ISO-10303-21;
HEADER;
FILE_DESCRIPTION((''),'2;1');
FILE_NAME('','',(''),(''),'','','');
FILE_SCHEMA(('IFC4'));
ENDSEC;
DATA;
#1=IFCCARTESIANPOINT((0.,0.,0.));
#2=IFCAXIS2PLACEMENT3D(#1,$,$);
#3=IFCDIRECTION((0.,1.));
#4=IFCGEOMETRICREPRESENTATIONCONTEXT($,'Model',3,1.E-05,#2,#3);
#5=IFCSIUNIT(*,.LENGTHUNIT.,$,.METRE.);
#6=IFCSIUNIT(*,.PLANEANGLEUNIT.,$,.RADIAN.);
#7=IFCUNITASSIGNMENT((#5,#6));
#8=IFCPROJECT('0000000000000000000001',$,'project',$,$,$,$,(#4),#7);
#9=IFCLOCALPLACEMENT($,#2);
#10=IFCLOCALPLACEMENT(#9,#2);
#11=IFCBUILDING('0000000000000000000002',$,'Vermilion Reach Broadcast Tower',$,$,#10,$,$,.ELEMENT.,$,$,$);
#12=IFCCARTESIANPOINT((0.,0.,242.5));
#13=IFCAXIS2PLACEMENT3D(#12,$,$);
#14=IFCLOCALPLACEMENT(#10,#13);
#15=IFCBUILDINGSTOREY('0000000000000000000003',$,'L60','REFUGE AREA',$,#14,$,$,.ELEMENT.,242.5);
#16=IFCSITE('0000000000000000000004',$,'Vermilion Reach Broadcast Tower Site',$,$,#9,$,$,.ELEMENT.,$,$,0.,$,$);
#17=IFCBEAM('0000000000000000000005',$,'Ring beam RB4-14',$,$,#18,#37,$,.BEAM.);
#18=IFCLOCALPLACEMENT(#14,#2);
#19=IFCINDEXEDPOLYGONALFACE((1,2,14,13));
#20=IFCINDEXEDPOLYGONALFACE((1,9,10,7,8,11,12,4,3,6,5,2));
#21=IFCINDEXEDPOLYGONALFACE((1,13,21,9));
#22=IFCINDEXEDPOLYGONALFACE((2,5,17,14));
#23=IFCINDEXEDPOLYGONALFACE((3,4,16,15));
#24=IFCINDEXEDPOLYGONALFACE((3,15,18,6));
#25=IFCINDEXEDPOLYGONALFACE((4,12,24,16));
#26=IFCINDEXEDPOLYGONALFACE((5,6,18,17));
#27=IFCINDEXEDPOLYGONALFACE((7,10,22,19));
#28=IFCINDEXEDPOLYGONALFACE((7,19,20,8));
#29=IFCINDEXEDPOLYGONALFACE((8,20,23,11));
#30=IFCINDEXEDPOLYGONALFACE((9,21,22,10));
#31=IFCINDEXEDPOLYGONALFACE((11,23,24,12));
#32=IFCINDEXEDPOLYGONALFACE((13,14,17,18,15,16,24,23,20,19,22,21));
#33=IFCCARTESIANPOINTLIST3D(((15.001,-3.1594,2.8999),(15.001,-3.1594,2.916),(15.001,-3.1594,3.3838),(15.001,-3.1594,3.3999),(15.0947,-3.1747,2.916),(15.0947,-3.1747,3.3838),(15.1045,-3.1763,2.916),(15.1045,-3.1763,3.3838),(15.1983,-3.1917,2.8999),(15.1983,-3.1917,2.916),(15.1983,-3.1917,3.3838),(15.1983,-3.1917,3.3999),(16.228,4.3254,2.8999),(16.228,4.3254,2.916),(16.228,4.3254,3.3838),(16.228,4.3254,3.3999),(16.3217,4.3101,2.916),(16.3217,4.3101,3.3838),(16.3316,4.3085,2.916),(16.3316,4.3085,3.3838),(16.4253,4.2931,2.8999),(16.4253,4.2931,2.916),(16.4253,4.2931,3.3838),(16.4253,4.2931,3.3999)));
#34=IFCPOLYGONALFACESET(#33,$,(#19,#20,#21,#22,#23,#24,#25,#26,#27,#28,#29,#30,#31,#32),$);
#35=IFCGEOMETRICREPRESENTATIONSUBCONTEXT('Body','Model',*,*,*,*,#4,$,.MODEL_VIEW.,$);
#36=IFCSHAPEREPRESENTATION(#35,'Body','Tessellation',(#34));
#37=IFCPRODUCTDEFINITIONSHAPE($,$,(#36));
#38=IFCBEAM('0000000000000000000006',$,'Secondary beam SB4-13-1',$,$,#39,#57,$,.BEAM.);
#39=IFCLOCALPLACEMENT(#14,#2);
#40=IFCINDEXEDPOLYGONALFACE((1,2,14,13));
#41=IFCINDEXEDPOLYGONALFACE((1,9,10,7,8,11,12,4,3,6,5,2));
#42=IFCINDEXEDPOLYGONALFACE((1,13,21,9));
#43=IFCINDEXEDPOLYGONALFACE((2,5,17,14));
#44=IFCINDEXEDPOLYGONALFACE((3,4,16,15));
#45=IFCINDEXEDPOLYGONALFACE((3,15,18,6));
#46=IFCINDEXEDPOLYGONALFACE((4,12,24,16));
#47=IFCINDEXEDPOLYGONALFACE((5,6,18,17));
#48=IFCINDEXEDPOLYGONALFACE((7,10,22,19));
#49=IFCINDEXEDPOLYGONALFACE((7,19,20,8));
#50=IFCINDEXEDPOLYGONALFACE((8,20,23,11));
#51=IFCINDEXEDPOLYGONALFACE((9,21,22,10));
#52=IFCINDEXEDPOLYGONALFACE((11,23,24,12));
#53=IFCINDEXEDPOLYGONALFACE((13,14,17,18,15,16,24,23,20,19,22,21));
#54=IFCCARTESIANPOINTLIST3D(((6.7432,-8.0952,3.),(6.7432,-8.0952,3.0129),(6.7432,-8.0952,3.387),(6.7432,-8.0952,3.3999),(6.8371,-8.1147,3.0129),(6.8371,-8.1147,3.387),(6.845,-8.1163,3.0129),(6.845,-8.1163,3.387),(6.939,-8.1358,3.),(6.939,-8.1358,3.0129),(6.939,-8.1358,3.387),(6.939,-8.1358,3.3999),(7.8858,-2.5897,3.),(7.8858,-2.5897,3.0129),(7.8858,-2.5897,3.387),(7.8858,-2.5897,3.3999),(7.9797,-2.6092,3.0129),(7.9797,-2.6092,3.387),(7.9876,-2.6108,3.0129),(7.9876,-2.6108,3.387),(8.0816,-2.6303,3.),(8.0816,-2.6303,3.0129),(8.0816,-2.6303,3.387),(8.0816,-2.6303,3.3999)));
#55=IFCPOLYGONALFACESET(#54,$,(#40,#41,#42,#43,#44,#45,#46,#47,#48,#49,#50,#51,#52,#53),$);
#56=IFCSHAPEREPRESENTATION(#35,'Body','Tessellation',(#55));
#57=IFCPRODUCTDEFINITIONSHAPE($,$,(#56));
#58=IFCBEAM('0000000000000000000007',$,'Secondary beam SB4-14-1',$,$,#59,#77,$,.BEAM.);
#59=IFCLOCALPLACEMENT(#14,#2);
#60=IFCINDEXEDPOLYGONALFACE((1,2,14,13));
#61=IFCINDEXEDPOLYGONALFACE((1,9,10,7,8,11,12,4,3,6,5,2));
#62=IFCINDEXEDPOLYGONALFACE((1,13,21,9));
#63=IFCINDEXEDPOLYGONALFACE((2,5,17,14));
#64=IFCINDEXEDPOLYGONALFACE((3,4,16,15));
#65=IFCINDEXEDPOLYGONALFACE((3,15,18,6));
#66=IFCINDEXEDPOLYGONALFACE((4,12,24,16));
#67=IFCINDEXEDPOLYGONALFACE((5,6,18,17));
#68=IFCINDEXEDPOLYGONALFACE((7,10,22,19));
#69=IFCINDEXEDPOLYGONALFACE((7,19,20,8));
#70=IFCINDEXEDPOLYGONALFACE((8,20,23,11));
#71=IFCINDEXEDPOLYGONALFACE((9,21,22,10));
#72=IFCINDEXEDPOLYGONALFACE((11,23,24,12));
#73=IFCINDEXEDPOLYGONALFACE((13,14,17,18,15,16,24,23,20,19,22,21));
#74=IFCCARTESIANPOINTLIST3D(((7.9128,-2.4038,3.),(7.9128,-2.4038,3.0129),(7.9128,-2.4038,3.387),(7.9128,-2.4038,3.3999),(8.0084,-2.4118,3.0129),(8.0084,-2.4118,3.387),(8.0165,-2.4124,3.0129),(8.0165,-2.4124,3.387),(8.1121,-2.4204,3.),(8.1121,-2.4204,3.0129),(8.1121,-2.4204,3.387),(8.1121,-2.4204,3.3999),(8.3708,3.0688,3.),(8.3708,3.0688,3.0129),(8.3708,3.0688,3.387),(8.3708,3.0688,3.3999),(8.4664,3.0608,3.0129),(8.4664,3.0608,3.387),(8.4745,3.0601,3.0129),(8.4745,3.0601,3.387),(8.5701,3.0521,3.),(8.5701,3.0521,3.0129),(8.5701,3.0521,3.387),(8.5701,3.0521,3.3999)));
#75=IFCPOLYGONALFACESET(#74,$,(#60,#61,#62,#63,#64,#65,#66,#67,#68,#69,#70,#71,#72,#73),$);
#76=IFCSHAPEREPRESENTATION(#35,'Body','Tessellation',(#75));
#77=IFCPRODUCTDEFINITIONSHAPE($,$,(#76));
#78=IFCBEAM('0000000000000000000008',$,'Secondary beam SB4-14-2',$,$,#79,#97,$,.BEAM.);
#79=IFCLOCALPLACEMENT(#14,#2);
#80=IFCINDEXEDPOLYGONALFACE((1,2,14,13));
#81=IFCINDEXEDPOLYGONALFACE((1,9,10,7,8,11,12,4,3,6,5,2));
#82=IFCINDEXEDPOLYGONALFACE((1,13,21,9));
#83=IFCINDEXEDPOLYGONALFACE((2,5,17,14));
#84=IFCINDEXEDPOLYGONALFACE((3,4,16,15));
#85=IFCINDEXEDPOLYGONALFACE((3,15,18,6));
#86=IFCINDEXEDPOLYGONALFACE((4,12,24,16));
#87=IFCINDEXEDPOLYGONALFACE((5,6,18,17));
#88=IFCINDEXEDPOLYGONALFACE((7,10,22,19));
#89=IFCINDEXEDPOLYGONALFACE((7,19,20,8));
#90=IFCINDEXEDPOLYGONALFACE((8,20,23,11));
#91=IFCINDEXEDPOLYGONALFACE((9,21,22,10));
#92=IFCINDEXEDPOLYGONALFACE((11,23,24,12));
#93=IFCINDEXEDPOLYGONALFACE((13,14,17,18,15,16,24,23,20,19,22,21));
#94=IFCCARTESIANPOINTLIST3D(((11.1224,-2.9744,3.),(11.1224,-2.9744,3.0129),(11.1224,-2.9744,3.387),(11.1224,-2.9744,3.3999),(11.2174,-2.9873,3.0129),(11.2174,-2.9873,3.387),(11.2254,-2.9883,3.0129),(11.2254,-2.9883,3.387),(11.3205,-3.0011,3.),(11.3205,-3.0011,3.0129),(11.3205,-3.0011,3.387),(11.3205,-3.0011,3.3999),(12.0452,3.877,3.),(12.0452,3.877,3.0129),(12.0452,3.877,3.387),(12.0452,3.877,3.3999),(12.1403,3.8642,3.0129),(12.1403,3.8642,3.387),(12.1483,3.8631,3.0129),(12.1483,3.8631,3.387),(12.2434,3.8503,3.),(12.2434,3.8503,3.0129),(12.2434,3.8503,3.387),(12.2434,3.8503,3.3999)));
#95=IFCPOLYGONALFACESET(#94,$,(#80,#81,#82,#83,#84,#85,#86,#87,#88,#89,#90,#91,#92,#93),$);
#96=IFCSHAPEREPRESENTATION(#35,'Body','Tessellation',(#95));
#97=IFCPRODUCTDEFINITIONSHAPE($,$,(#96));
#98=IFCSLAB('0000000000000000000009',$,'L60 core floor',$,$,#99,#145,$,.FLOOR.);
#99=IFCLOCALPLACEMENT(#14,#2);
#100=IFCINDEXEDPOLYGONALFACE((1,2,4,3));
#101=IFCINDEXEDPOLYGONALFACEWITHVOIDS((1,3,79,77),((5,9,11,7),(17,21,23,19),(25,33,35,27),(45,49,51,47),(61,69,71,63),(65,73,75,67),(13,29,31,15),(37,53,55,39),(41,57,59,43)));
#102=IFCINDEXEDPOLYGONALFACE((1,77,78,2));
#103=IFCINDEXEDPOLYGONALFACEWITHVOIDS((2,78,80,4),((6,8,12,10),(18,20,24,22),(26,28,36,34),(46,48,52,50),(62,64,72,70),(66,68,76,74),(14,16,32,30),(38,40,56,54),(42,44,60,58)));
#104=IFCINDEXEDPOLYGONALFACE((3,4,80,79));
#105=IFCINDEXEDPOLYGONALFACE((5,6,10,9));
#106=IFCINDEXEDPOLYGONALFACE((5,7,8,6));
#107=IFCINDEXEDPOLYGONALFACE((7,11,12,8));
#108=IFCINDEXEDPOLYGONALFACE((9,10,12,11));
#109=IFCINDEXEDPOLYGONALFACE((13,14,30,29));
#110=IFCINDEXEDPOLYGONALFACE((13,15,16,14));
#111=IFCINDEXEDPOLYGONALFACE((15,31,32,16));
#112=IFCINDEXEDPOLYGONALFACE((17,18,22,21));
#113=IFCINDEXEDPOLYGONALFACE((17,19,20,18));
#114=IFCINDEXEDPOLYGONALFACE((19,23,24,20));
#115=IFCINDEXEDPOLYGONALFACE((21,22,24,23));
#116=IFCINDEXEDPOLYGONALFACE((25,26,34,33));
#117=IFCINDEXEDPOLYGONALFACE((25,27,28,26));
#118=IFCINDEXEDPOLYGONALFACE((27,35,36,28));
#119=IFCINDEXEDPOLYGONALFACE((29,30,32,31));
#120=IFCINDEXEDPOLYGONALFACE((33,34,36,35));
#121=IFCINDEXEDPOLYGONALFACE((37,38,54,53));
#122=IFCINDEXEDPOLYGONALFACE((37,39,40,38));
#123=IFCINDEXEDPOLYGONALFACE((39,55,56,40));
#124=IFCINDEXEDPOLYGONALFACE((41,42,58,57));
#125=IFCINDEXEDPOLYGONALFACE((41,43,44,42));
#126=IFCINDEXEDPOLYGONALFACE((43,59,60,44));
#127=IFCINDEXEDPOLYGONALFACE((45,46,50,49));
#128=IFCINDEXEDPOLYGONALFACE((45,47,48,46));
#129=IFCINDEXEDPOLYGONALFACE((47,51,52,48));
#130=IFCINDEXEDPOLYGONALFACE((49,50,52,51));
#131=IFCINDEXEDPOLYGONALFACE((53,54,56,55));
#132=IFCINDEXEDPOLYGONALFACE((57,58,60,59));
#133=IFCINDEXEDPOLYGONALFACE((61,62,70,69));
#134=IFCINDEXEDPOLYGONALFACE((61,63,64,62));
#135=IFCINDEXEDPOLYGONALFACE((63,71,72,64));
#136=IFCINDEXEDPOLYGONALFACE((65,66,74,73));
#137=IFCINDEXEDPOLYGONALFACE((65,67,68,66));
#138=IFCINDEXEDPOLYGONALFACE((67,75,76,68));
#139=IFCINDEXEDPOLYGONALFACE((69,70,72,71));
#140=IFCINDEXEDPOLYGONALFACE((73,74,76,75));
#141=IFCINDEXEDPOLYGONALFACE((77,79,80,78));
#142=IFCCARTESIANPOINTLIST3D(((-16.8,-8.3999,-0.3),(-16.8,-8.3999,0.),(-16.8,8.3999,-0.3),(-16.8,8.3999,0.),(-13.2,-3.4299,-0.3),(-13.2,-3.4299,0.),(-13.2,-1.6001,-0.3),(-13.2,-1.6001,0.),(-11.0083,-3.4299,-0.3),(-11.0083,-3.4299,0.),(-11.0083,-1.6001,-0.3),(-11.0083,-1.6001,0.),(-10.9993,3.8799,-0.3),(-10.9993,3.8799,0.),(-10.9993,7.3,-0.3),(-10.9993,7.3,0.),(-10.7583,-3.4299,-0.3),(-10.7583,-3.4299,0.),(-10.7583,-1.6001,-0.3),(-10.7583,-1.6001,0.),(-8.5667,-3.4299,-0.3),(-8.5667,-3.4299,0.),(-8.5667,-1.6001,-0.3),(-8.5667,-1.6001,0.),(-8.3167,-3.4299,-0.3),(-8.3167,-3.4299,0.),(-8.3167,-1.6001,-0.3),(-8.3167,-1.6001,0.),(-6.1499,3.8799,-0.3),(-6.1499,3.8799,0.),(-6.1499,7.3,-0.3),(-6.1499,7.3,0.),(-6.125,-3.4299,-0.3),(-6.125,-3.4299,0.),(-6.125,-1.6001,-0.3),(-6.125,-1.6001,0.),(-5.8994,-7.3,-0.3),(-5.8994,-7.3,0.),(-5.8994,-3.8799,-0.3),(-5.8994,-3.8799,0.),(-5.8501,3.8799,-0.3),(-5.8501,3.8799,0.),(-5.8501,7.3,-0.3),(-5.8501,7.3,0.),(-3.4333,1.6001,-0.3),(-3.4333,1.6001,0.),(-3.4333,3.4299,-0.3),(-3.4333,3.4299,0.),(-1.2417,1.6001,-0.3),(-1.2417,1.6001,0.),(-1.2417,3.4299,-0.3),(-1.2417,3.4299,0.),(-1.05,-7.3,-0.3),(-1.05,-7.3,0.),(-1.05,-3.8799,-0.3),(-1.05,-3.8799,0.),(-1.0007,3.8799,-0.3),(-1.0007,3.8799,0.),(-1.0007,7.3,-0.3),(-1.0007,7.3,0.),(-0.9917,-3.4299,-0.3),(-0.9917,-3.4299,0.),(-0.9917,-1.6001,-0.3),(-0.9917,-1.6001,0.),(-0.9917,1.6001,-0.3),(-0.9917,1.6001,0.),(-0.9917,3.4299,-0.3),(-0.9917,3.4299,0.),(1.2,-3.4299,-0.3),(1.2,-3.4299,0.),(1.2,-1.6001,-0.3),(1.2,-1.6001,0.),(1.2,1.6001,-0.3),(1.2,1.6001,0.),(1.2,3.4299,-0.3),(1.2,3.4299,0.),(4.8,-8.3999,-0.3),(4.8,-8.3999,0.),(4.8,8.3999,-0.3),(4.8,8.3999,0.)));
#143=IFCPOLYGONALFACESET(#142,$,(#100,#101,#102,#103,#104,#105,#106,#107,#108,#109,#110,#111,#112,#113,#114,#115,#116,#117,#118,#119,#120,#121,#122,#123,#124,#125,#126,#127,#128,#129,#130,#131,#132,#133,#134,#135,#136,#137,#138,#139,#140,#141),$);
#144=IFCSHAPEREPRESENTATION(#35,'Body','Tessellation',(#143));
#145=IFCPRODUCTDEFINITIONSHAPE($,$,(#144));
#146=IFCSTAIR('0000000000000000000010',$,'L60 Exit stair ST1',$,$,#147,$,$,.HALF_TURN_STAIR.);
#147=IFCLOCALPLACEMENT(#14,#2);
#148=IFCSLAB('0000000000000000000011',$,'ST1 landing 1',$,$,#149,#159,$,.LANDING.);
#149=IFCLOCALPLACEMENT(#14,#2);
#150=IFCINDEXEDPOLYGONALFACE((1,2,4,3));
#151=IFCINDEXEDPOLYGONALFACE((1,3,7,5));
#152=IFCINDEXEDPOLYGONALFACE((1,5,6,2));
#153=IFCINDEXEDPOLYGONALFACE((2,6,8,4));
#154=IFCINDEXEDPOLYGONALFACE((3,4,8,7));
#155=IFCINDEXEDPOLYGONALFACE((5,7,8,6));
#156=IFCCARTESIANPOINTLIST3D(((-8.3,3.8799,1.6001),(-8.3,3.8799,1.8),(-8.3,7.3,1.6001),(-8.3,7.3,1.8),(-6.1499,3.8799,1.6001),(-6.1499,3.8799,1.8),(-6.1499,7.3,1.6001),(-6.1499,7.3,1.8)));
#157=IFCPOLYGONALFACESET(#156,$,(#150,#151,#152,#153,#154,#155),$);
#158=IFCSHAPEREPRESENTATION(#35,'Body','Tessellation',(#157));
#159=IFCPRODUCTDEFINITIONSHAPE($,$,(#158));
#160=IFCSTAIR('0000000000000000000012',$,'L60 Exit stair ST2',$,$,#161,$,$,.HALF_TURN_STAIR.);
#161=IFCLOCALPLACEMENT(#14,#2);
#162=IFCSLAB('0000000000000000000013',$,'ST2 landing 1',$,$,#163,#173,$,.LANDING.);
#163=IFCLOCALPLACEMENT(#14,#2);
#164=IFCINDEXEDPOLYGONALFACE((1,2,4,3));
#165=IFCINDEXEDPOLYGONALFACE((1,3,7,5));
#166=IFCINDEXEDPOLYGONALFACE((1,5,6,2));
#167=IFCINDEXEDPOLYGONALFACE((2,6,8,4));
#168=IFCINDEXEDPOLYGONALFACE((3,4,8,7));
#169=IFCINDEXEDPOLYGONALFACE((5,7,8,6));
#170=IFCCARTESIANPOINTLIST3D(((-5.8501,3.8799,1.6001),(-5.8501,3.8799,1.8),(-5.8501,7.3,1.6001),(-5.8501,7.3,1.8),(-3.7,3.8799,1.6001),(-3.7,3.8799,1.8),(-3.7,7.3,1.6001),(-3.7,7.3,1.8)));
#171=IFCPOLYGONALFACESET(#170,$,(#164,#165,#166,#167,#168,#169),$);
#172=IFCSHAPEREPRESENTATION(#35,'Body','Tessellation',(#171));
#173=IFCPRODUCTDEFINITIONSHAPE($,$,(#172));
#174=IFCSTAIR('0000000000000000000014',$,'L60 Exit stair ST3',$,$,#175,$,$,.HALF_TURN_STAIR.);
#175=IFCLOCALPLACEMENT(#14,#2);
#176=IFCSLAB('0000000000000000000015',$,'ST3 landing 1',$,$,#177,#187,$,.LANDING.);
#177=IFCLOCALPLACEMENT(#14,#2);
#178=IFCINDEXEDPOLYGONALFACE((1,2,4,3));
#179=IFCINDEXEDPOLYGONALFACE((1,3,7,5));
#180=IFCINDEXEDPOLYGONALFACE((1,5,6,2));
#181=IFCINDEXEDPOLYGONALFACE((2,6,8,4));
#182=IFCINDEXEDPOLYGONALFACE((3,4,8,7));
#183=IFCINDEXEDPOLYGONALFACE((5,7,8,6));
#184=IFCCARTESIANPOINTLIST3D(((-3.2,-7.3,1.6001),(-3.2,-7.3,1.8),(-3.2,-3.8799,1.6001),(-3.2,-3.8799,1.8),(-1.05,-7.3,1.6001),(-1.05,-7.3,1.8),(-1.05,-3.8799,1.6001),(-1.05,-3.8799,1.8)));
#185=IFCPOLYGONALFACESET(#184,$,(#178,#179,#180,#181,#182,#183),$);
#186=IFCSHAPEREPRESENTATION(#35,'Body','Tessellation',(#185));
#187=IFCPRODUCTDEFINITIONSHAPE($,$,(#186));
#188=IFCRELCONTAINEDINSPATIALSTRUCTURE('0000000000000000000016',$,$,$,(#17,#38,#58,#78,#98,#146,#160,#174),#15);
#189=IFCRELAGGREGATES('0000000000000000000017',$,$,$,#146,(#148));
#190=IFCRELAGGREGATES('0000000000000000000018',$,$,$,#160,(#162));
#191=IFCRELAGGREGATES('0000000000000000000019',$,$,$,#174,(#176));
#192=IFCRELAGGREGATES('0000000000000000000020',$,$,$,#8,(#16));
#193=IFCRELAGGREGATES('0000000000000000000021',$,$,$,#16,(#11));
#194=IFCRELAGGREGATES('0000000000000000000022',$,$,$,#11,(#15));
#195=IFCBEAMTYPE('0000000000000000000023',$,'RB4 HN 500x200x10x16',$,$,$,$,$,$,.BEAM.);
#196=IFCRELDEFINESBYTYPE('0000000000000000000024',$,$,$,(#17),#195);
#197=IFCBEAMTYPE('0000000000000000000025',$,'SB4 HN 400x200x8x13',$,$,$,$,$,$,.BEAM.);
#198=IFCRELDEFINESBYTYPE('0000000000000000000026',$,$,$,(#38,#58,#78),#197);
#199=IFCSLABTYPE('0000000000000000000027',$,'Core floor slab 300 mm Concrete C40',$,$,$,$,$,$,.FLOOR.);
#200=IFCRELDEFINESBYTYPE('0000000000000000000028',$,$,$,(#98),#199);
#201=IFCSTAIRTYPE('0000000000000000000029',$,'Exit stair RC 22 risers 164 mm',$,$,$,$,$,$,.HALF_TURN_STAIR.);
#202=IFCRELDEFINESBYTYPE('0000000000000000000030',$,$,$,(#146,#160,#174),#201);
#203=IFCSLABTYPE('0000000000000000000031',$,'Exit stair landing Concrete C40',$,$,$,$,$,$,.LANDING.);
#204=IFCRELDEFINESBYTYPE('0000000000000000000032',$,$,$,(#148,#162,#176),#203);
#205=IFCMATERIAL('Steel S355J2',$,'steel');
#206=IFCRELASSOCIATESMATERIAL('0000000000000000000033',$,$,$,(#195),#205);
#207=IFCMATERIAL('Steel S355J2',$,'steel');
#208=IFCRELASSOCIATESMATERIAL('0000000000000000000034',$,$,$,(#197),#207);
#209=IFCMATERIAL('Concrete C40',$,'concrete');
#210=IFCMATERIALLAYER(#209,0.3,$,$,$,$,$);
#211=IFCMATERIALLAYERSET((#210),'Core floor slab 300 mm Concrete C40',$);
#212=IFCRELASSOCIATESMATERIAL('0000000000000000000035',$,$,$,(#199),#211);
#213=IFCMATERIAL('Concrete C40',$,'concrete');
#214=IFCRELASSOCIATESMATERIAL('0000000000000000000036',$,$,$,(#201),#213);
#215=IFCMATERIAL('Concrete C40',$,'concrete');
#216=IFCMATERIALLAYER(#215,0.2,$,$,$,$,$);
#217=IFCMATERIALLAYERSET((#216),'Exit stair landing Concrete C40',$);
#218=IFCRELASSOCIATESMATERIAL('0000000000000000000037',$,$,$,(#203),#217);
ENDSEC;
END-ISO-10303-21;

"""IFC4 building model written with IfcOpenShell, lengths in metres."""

from ifc_helpers import new_model, si_unit, direction, frame, origin, origin_2d, place, context, subcontext, project, spatial, polyline, i_section, outline, extrude, material, layer, layer_set, material_profile, profile_set, type_object, element, aggregate, save


model = new_model("IFC4")

# Units and contexts
model_context = context("Model", 3, precision=1e-05, world=origin(), true_north=direction((0.0, 1.0)))
body_context = subcontext(model_context, "Body", "Model", "MODEL_VIEW")
ifc_project = project(units=[si_unit("LENGTHUNIT", "METRE"), si_unit("PLANEANGLEUNIT", "RADIAN")], contexts=[model_context])

# Site, building, storey
site_placement = place(None, origin())
site = spatial("IfcSite", under=ifc_project, at=site_placement, Name="Vermilion Reach Broadcast Tower Site", CompositionType="ELEMENT", RefElevation=0.0)
building_placement = place(site_placement, origin())
building = spatial("IfcBuilding", under=site, at=building_placement, Name="Vermilion Reach Broadcast Tower", CompositionType="ELEMENT")
storey_placement = place(building_placement, frame((0.0, 0.0, 242.5)))
storey = spatial("IfcBuildingStorey", under=building, at=storey_placement, Name="L60", Description="REFUGE AREA", CompositionType="ELEMENT", Elevation=242.5)

# Beams
ifc_material_1 = material(Name="Steel S355J2", Category="steel")
ifc_material_profile_1 = material_profile(ifc_material_1, i_section(OverallWidth=0.2, OverallDepth=0.5, WebThickness=0.01, FlangeThickness=0.0161, at=origin_2d()), Name="S355J2 HN 500x200x10x16")
ifc_profile_set_1 = profile_set([ifc_material_profile_1], Name="Steel S355J2")
beam_type_1 = type_object("IfcBeamType", Name="RB4 HN 500x200x10x16", PredefinedType="BEAM", material=ifc_profile_set_1)
beam_1_placement = place(storey_placement, frame((15.0996, -3.1755, 3.1499), z_axis=(0.161778, 0.986827, 0.0), x_axis=(-0.986827, 0.161778, 0.0)))
element("IfcBeam", 1, at=beam_1_placement, inside=storey, type_object=beam_type_1, Name="Ring beam RB4-14", PredefinedType="BEAM", context=body_context, shape_type="SweptSolid", body=[
    extrude(i_section(OverallWidth=0.2, OverallDepth=0.5, WebThickness=0.01, FlangeThickness=0.0161, at=origin_2d()), origin(), (0.0, 0.0, 1.0), 7.5847),
])
ifc_material_2 = material(Name="Steel S355J2", Category="steel")
ifc_material_profile_2 = material_profile(ifc_material_2, i_section(OverallWidth=0.2, OverallDepth=0.3999, WebThickness=0.0081, FlangeThickness=0.0129, at=origin_2d()), Name="S355J2 HN 400x200x8x13")
ifc_profile_set_2 = profile_set([ifc_material_profile_2], Name="Steel S355J2")
beam_type_2 = type_object("IfcBeamType", Name="SB4 HN 400x200x8x13", PredefinedType="BEAM", material=ifc_profile_set_2)
beam_2_placement = place(storey_placement, frame((6.8411, -8.1155, 3.2), z_axis=(0.203209, 0.979135, 0.0), x_axis=(-0.979135, 0.203209, 0.0)))
element("IfcBeam", 2, at=beam_2_placement, inside=storey, type_object=beam_type_2, Name="Secondary beam SB4-13-1", PredefinedType="BEAM", context=body_context, shape_type="SweptSolid", body=[
    extrude(i_section(OverallWidth=0.2, OverallDepth=0.3999, WebThickness=0.0081, FlangeThickness=0.0129, at=origin_2d()), origin(), (0.0, 0.0, 1.0), 5.6228),
])
beam_3_placement = place(storey_placement, frame((8.0125, -2.4121, 3.2), z_axis=(0.083399, 0.996516, 0.0), x_axis=(-0.996516, 0.083399, 0.0)))
element("IfcBeam", 3, at=beam_3_placement, inside=storey, type_object=beam_type_2, Name="Secondary beam SB4-14-1", PredefinedType="BEAM", context=body_context, shape_type="SweptSolid", body=[
    extrude(i_section(OverallWidth=0.2, OverallDepth=0.3999, WebThickness=0.0081, FlangeThickness=0.0129, at=origin_2d()), origin(), (0.0, 0.0, 1.0), 5.4917),
])
beam_4_placement = place(storey_placement, frame((11.2214, -2.9878, 3.2), z_axis=(0.133487, 0.991051, 0.0), x_axis=(-0.991051, 0.133487, 0.0)))
element("IfcBeam", 4, at=beam_4_placement, inside=storey, type_object=beam_type_2, Name="Secondary beam SB4-14-2", PredefinedType="BEAM", context=body_context, shape_type="SweptSolid", body=[
    extrude(i_section(OverallWidth=0.2, OverallDepth=0.3999, WebThickness=0.0081, FlangeThickness=0.0129, at=origin_2d()), origin(), (0.0, 0.0, 1.0), 6.9133),
])

# Slab
ifc_material_3 = material(Name="Concrete C40", Category="concrete")
ifc_layer_1 = layer(ifc_material_3, 0.3)
ifc_layer_set_1 = layer_set([ifc_layer_1], Name="Core floor slab 300 mm Concrete C40")
slab_type_1 = type_object("IfcSlabType", Name="Core floor slab 300 mm Concrete C40", PredefinedType="FLOOR", material=ifc_layer_set_1)
slab_1_placement = place(storey_placement, frame((0.0, 0.0, -0.3)))
element("IfcSlab", 5, at=slab_1_placement, inside=storey, type_object=slab_type_1, Name="L60 core floor", PredefinedType="FLOOR", context=body_context, shape_type="SweptSolid", body=[
    extrude(outline(polyline([(-16.8, -8.3999), (4.8, -8.3999), (4.8, 8.3999), (-16.8, 8.3999), (-16.8, -8.3999)]), holes=[polyline([(-3.4333, 1.6001), (-1.2417, 1.6001), (-1.2417, 3.4299), (-3.4333, 3.4299), (-3.4333, 1.6001)]), polyline([(-0.9917, 1.6001), (1.2, 1.6001), (1.2, 3.4299), (-0.9917, 3.4299), (-0.9917, 1.6001)]), polyline([(-13.2, -3.4299), (-11.0083, -3.4299), (-11.0083, -1.6001), (-13.2, -1.6001), (-13.2, -3.4299)]), polyline([(-10.7583, -3.4299), (-8.5667, -3.4299), (-8.5667, -1.6001), (-10.7583, -1.6001), (-10.7583, -3.4299)]), polyline([(-8.3167, -3.4299), (-6.125, -3.4299), (-6.125, -1.6001), (-8.3167, -1.6001), (-8.3167, -3.4299)]), polyline([(-0.9917, -3.4299), (1.2, -3.4299), (1.2, -1.6001), (-0.9917, -1.6001), (-0.9917, -3.4299)]), polyline([(-10.9993, 3.8799), (-6.1499, 3.8799), (-6.1499, 7.3), (-10.9993, 7.3), (-10.9993, 3.8799)]), polyline([(-1.0007, 7.3), (-5.8501, 7.3), (-5.8501, 3.8799), (-1.0007, 3.8799), (-1.0007, 7.3)]), polyline([(-5.8994, -7.3), (-1.05, -7.3), (-1.05, -3.8799), (-5.8994, -3.8799), (-5.8994, -7.3)])]), origin(), (0.0, 0.0, 1.0), 0.3),
])

# Stairs, slabs
ifc_material_4 = material(Name="Concrete C40", Category="concrete")
stair_type = type_object("IfcStairType", Name="Exit stair RC 22 risers 164 mm", PredefinedType="HALF_TURN_STAIR", material=ifc_material_4)
placement_1 = place(storey_placement, origin())
stair_1 = element("IfcStair", 6, at=placement_1, inside=storey, type_object=stair_type, Name="L60 Exit stair ST1", PredefinedType="HALF_TURN_STAIR")
ifc_material_5 = material(Name="Concrete C40", Category="concrete")
ifc_layer_2 = layer(ifc_material_5, 0.2)
ifc_layer_set_2 = layer_set([ifc_layer_2], Name="Exit stair landing Concrete C40")
slab_type_2 = type_object("IfcSlabType", Name="Exit stair landing Concrete C40", PredefinedType="LANDING", material=ifc_layer_set_2)
placement_2 = place(storey_placement, frame((0.0, 0.0, 1.6001)))
slab_2 = element("IfcSlab", 7, at=placement_2, type_object=slab_type_2, Name="ST1 landing 1", PredefinedType="LANDING", context=body_context, shape_type="SweptSolid", body=[
    extrude(outline(polyline([(-8.3, 3.8799), (-6.1499, 3.8799), (-6.1499, 7.3), (-8.3, 7.3), (-8.3, 3.8799)])), origin(), (0.0, 0.0, 1.0), 0.2),
])
aggregate(stair_1, [slab_2])
stair_2 = element("IfcStair", 8, at=placement_1, inside=storey, type_object=stair_type, Name="L60 Exit stair ST2", PredefinedType="HALF_TURN_STAIR")
slab_3 = element("IfcSlab", 9, at=placement_2, type_object=slab_type_2, Name="ST2 landing 1", PredefinedType="LANDING", context=body_context, shape_type="SweptSolid", body=[
    extrude(outline(polyline([(-3.7, 7.3), (-5.8501, 7.3), (-5.8501, 3.8799), (-3.7, 3.8799), (-3.7, 7.3)])), origin(), (0.0, 0.0, 1.0), 0.2),
])
aggregate(stair_2, [slab_3])
stair_3 = element("IfcStair", 10, at=placement_1, inside=storey, type_object=stair_type, Name="L60 Exit stair ST3", PredefinedType="HALF_TURN_STAIR")
slab_4 = element("IfcSlab", 11, at=placement_2, type_object=slab_type_2, Name="ST3 landing 1", PredefinedType="LANDING", context=body_context, shape_type="SweptSolid", body=[
    extrude(outline(polyline([(-3.2, -7.3), (-1.05, -7.3), (-1.05, -3.8799), (-3.2, -3.8799), (-3.2, -7.3)])), origin(), (0.0, 0.0, 1.0), 0.2),
])

aggregate(stair_3, [slab_4])

save(model, "model.ifc")
